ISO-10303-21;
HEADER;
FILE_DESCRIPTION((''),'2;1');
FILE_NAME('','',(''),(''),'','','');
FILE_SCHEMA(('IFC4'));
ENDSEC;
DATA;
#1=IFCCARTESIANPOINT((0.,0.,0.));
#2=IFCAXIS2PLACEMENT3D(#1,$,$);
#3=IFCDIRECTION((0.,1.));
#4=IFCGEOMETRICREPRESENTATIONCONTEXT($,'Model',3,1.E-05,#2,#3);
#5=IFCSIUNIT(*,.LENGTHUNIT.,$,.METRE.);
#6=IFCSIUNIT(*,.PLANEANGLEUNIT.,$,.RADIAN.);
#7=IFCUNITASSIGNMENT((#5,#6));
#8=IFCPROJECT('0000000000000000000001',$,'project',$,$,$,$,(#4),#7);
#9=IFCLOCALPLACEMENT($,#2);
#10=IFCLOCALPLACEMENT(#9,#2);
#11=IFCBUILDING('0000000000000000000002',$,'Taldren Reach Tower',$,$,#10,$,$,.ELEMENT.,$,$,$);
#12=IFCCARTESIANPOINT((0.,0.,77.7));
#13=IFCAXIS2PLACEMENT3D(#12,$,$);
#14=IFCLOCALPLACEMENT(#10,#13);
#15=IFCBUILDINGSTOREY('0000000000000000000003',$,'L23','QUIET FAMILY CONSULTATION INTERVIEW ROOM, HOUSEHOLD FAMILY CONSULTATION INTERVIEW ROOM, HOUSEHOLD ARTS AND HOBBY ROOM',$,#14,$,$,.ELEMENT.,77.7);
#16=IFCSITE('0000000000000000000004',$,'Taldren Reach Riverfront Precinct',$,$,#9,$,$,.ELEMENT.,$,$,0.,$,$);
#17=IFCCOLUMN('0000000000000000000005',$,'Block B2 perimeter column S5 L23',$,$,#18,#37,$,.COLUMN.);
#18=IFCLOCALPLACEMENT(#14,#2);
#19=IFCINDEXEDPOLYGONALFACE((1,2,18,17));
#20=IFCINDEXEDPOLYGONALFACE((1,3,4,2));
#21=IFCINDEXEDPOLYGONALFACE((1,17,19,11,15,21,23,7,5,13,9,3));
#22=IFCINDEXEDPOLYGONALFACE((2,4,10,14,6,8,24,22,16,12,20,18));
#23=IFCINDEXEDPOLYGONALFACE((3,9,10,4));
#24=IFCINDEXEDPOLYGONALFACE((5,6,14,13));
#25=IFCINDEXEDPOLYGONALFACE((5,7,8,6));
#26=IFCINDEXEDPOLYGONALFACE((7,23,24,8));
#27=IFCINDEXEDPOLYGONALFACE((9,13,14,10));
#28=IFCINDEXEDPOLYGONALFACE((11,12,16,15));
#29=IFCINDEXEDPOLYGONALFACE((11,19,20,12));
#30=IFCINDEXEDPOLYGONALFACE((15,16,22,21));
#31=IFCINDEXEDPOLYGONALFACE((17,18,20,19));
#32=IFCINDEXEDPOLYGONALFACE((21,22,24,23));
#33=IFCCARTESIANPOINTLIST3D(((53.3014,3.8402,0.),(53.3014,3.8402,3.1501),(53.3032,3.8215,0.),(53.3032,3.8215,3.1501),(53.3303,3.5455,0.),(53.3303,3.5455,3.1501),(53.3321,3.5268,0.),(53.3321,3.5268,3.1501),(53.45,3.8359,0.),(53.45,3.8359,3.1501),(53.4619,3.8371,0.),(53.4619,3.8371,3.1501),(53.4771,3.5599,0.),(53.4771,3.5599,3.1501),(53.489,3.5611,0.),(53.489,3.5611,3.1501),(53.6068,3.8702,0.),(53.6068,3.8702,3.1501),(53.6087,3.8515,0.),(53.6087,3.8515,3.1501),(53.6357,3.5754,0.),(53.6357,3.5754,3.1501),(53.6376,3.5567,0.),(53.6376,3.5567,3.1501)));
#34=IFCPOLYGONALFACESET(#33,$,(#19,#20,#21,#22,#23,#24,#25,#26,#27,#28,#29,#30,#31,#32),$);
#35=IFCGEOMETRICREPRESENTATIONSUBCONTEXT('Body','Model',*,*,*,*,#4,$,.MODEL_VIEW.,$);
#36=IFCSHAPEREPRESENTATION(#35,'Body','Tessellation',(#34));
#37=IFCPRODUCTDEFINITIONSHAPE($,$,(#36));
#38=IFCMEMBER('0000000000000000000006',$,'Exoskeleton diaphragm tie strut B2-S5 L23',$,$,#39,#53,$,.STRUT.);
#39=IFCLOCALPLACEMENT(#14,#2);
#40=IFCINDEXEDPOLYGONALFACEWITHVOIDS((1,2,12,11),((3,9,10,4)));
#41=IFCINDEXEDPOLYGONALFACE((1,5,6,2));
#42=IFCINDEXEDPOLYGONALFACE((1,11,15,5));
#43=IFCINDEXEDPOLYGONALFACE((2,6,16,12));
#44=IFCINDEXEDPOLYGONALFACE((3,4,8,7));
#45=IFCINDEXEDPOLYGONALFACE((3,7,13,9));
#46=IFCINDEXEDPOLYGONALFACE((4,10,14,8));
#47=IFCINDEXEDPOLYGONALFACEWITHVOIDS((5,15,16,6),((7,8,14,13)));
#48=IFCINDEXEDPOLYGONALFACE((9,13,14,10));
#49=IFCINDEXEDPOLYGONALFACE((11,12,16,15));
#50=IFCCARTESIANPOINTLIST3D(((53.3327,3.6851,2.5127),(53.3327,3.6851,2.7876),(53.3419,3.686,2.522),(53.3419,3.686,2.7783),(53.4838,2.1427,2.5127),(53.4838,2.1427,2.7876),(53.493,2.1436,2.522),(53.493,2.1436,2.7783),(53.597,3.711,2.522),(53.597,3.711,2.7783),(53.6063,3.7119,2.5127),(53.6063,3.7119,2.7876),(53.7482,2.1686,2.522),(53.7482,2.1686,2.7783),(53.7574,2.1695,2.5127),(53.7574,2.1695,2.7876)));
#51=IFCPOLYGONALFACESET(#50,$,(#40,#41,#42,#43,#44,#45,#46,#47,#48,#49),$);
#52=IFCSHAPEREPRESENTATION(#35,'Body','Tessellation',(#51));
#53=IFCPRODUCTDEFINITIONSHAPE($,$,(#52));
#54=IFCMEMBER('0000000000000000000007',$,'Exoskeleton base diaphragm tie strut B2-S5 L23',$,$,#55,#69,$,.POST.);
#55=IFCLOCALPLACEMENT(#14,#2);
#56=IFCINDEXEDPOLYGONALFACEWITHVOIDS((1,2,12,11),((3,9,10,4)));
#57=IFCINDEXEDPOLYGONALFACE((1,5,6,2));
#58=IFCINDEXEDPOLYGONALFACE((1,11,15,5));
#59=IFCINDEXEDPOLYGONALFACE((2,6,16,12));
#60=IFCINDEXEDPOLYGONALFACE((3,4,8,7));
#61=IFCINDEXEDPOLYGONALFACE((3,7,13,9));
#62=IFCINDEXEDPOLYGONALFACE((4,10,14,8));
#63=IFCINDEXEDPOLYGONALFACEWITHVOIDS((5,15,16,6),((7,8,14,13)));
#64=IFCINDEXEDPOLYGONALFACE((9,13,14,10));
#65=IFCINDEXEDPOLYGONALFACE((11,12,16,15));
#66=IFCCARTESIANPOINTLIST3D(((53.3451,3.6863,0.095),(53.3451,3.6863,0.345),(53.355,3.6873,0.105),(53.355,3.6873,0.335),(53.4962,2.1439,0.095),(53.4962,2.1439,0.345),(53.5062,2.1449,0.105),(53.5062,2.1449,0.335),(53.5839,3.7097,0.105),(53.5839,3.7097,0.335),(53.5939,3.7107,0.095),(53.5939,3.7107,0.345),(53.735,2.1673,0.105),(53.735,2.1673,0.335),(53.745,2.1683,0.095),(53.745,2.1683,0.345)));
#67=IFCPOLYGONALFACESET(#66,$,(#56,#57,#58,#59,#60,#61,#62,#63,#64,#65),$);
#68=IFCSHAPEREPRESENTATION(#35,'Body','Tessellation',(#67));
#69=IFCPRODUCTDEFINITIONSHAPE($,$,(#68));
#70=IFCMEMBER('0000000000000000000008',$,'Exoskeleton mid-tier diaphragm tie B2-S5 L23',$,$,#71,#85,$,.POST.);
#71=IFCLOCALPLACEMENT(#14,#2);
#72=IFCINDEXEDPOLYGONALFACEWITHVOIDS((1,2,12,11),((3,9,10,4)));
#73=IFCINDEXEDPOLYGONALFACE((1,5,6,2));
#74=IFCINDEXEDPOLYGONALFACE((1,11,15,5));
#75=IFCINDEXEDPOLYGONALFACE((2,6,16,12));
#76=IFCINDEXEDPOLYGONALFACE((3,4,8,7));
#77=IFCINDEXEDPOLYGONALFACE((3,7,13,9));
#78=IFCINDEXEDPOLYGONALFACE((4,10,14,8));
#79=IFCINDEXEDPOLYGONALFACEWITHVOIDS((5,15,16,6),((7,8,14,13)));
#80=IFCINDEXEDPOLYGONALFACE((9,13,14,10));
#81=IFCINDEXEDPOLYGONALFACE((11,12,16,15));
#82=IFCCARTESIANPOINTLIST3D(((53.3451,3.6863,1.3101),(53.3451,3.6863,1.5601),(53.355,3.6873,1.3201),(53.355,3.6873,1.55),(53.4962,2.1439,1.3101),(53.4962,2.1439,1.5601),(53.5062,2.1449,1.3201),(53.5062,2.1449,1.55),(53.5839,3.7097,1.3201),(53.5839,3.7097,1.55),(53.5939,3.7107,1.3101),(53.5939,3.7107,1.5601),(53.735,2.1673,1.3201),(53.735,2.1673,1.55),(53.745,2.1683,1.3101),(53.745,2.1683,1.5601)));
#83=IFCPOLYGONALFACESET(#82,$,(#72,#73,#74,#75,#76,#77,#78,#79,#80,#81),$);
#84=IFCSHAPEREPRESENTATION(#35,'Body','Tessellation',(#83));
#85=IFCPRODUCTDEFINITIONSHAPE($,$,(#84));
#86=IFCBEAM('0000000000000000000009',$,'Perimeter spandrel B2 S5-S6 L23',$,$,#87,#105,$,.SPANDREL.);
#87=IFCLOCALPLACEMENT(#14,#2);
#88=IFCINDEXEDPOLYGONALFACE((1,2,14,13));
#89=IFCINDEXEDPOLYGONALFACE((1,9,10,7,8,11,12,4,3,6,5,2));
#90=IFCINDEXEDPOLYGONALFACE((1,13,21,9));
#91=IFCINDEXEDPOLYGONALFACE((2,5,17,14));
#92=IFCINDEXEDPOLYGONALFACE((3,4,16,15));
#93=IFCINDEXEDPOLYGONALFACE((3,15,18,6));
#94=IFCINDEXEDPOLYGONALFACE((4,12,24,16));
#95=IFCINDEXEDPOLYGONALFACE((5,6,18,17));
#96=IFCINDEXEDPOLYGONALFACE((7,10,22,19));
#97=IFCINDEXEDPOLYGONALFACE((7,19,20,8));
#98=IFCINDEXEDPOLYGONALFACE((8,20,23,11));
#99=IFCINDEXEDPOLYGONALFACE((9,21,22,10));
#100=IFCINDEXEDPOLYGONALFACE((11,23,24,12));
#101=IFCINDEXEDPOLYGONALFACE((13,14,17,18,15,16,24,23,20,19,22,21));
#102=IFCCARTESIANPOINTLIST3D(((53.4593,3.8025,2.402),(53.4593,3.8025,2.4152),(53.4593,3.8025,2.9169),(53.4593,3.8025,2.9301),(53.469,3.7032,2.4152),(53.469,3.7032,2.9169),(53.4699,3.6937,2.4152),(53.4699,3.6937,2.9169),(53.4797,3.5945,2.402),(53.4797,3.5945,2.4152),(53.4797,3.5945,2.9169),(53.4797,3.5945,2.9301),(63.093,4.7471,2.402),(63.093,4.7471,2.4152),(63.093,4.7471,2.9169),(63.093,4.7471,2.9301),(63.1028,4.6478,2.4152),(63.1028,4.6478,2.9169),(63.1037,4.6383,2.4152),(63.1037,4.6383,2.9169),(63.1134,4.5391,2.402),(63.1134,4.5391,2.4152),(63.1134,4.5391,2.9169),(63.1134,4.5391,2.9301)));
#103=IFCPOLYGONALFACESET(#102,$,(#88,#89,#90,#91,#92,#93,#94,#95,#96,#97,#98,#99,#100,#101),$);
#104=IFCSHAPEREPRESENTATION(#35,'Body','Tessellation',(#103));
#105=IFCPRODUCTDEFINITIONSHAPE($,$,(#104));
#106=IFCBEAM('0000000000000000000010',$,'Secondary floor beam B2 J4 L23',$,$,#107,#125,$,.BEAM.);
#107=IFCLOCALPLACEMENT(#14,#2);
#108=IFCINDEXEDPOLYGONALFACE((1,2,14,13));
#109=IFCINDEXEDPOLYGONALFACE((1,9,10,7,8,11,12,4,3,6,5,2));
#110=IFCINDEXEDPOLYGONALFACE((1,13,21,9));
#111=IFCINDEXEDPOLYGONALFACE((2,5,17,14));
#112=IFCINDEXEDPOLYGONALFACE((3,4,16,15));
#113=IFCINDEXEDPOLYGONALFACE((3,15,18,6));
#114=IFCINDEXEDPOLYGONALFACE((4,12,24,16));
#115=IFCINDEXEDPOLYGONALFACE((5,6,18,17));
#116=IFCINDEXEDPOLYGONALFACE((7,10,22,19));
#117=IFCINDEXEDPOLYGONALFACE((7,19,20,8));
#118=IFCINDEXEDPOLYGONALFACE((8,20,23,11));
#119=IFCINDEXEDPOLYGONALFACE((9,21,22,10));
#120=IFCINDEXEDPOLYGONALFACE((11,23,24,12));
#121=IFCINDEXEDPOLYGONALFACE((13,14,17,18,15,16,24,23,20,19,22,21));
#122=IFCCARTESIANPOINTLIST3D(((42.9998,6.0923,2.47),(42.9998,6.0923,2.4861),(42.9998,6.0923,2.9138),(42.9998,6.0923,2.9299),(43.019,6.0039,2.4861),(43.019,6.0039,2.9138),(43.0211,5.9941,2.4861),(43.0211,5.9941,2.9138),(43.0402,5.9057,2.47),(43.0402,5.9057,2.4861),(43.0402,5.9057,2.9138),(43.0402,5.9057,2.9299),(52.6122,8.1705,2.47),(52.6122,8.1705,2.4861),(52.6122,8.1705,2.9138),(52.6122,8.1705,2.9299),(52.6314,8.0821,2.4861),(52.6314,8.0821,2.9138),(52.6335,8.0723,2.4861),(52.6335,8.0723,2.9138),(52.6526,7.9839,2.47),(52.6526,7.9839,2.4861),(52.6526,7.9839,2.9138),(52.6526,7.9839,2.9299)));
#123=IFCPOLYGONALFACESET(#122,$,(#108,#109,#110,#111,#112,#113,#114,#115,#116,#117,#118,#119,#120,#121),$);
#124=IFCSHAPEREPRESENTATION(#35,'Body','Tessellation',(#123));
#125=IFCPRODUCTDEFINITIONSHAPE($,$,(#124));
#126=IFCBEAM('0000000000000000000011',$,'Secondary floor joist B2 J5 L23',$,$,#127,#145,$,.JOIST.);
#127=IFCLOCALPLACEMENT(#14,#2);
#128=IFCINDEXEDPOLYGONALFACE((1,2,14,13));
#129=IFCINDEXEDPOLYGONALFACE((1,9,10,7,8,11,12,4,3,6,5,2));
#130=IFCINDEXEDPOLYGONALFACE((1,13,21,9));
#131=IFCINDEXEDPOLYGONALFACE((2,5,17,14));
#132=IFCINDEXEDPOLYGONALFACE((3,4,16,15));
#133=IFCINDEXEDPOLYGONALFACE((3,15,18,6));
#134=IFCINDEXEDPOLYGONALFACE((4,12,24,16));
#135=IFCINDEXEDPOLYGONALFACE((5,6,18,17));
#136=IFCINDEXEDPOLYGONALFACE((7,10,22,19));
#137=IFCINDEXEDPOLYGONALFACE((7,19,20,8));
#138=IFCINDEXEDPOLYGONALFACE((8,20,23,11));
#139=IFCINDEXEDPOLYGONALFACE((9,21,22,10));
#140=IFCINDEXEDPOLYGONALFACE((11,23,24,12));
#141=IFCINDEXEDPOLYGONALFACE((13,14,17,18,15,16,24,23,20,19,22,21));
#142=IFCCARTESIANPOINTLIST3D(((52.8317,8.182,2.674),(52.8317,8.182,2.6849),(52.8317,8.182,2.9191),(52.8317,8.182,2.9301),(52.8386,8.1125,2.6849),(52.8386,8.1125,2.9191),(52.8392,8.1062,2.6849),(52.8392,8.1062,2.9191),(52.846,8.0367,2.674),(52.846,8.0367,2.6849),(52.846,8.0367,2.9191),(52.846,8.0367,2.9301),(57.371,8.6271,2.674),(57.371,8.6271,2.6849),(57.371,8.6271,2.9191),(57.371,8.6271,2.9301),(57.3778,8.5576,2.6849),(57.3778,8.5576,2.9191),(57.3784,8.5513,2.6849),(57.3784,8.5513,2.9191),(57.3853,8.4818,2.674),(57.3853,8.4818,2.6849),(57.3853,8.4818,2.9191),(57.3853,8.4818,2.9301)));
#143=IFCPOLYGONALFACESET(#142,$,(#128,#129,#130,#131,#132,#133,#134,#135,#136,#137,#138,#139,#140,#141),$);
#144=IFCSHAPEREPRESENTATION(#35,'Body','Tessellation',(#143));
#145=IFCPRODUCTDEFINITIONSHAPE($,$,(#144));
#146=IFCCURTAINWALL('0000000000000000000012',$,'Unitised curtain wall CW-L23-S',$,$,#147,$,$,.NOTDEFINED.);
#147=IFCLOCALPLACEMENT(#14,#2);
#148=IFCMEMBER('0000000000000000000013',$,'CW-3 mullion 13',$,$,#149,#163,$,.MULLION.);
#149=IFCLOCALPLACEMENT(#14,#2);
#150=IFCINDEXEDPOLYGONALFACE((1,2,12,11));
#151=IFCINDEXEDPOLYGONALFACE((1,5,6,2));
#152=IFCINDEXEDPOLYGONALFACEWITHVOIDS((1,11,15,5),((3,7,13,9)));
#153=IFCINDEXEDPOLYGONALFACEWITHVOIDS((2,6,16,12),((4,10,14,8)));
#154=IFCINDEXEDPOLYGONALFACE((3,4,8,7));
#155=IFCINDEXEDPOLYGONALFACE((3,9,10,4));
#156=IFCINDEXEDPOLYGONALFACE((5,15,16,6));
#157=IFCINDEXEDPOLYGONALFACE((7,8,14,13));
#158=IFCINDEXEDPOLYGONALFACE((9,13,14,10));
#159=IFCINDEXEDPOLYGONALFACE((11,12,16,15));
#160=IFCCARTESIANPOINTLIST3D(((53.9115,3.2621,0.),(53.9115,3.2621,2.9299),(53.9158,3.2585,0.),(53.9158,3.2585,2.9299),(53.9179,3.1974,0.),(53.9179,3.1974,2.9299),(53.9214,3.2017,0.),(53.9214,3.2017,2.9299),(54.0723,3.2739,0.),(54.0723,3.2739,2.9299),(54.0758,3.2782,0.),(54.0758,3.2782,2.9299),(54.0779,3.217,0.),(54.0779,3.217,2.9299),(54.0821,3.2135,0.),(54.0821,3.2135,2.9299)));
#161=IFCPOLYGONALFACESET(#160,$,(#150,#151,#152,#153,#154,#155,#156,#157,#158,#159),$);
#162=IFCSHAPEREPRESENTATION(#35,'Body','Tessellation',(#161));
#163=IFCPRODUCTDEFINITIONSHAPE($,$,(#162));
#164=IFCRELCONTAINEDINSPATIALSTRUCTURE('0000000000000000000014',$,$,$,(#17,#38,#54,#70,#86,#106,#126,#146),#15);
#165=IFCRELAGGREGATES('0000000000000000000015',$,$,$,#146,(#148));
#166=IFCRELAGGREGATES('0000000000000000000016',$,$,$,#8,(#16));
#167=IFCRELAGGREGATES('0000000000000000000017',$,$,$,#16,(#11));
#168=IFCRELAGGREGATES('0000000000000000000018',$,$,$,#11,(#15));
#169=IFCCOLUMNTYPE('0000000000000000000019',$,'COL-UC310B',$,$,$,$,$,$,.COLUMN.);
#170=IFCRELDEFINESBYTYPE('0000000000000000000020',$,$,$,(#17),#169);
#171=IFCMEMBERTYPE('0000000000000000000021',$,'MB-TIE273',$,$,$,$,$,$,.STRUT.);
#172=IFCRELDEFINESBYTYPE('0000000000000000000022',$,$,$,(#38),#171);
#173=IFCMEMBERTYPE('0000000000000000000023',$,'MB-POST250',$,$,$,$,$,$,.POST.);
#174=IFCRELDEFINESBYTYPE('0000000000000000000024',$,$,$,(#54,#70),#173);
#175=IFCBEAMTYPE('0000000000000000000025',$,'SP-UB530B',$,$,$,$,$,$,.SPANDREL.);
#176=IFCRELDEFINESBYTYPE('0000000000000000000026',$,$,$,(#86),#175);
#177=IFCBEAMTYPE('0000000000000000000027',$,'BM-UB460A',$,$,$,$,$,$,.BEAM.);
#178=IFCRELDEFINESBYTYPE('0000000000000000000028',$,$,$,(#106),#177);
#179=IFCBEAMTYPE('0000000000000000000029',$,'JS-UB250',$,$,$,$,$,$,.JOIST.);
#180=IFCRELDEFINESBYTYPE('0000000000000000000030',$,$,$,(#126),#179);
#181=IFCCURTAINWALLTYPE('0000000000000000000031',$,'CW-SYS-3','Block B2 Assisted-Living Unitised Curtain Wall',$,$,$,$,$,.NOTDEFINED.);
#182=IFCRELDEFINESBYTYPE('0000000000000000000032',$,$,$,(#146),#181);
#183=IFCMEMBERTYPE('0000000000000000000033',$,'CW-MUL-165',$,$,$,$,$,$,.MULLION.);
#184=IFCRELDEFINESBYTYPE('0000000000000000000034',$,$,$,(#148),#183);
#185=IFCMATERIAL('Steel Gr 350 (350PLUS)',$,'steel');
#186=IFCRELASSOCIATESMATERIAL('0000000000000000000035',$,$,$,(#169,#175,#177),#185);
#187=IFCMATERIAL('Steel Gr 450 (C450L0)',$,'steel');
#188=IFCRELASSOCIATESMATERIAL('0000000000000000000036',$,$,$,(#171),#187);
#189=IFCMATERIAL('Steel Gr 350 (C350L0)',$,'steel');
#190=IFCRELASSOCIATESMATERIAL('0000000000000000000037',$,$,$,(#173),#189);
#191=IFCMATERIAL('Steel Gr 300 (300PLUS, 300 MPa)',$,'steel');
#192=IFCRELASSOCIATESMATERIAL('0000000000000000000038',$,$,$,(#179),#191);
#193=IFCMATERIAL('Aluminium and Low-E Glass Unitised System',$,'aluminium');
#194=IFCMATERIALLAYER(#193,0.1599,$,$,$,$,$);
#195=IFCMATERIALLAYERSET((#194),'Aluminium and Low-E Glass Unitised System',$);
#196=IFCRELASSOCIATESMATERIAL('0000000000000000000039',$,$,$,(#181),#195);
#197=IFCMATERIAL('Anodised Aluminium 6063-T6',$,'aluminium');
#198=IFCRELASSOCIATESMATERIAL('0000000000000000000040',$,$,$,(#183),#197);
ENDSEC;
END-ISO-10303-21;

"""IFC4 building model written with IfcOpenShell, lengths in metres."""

from ifc_helpers import new_model, si_unit, direction, frame, origin, origin_2d, place, context, subcontext, project, spatial, hollow_rectangle, i_section, extrude, source, transform, mapped, material, layer, layer_set, material_profile, profile_set, type_object, element, aggregate, save


model = new_model("IFC4")

# Units and contexts
model_context = context("Model", 3, precision=1e-05, world=origin(), true_north=direction((0.0, 1.0)))
body_context = subcontext(model_context, "Body", "Model", "MODEL_VIEW")
ifc_project = project(units=[si_unit("LENGTHUNIT", "METRE"), si_unit("PLANEANGLEUNIT", "RADIAN")], contexts=[model_context])

# Site, building, storey
site_placement = place(None, origin())
site = spatial("IfcSite", under=ifc_project, at=site_placement, Name="Taldren Reach Riverfront Precinct", CompositionType="ELEMENT", RefElevation=0.0)
building_placement = place(site_placement, origin())
building = spatial("IfcBuilding", under=site, at=building_placement, Name="Taldren Reach Tower", CompositionType="ELEMENT")
storey_placement = place(building_placement, frame((0.0, 0.0, 77.7)))
storey = spatial("IfcBuildingStorey", under=building, at=storey_placement, Name="L23", Description="QUIET FAMILY CONSULTATION INTERVIEW ROOM, HOUSEHOLD FAMILY CONSULTATION INTERVIEW ROOM, HOUSEHOLD ARTS AND HOBBY ROOM", CompositionType="ELEMENT", Elevation=77.7)

# Column
ifc_material_1 = material(Name="Steel Gr 350 (350PLUS)", Category="steel")
ifc_material_profile_1 = material_profile(ifc_material_1, i_section(OverallWidth=0.3069, OverallDepth=0.3149, WebThickness=0.012, FlangeThickness=0.0188, at=origin_2d()), Name="310UC118")
ifc_profile_set_1 = profile_set([ifc_material_profile_1], Name="Steel Gr 350 (350PLUS)")
column_type = type_object("IfcColumnType", Name="COL-UC310B", PredefinedType="COLUMN", material=ifc_profile_set_1)
shared_shape_1 = source(origin(), body_context, "Body", "SweptSolid", [
    extrude(i_section(OverallWidth=0.3069, OverallDepth=0.3149, WebThickness=0.012, FlangeThickness=0.0188, at=origin_2d()), origin(), (0.0, 0.0, 1.0), 3.1501),
])
column_placement = place(storey_placement, frame((53.4695, 3.6985, 0.0), z_axis=(0.0, 0.0, 1.0), x_axis=(0.995227, 0.097583, 0.0)))
element("IfcColumn", 1, at=column_placement, inside=storey, type_object=column_type, Name="Block B2 perimeter column S5 L23", PredefinedType="COLUMN", context=body_context, shape_type="MappedRepresentation", body=[
    mapped(shared_shape_1, transform((0.0, 0.0, 0.0), scale=1.0)),
])

# Members
ifc_material_2 = material(Name="Steel Gr 450 (C450L0)", Category="steel")
ifc_material_profile_2 = material_profile(ifc_material_2, hollow_rectangle(XDim=0.2749, YDim=0.2749, WallThickness=0.0093, at=origin_2d()), Name="275x275x9.3SHS")
ifc_profile_set_2 = profile_set([ifc_material_profile_2], Name="Steel Gr 450 (C450L0)")
member_type_1 = type_object("IfcMemberType", Name="MB-TIE273", PredefinedType="STRUT", material=ifc_profile_set_2)
shared_shape_2 = source(origin(), body_context, "Body", "SweptSolid", [
    extrude(hollow_rectangle(XDim=0.2749, YDim=0.2749, WallThickness=0.0093, at=origin_2d()), origin(), (0.0, 0.0, 1.0), 1.5498),
])
member_1_placement = place(storey_placement, frame((53.4695, 3.6985, 2.6501), z_axis=(0.097507, -0.995235, 0.0), x_axis=(0.995235, 0.097507, 0.0)))
element("IfcMember", 2, at=member_1_placement, inside=storey, type_object=member_type_1, Name="Exoskeleton diaphragm tie strut B2-S5 L23", PredefinedType="STRUT", context=body_context, shape_type="MappedRepresentation", body=[
    mapped(shared_shape_2, transform((0.0, 0.0, 0.0), scale=1.0)),
])
ifc_material_3 = material(Name="Steel Gr 350 (C350L0)", Category="steel")
ifc_material_profile_3 = material_profile(ifc_material_3, hollow_rectangle(XDim=0.25, YDim=0.25, WallThickness=0.01, at=origin_2d()), Name="250x250x10.0SHS")
ifc_profile_set_3 = profile_set([ifc_material_profile_3], Name="Steel Gr 350 (C350L0)")
member_type_2 = type_object("IfcMemberType", Name="MB-POST250", PredefinedType="POST", material=ifc_profile_set_3)
shared_shape_3 = source(origin(), body_context, "Body", "SweptSolid", [
    extrude(hollow_rectangle(XDim=0.25, YDim=0.25, WallThickness=0.01, at=origin_2d()), origin(), (0.0, 0.0, 1.0), 1.5498),
])
for number, where, z_axis, x_axis, name in (
    (3, (53.4695, 3.6985, 0.22), (0.097507, -0.995235, 0.0), (0.995235, 0.097507, 0.0), "Exoskeleton base diaphragm tie strut B2-S5 L23"),
    (4, (53.4695, 3.6985, 1.4351), (0.097507, -0.995235, 0.0), (0.995235, 0.097507, 0.0), "Exoskeleton mid-tier diaphragm tie B2-S5 L23"),
):
    element("IfcMember", number, at=place(storey_placement, frame(where, z_axis=z_axis, x_axis=x_axis)), inside=storey, type_object=member_type_2, Name=name, PredefinedType="POST", context=body_context, shape_type="MappedRepresentation", body=[
        mapped(shared_shape_3, transform((0.0, 0.0, 0.0), scale=1.0)),
    ])

# Beams
ifc_material_profile_4 = material_profile(ifc_material_1, i_section(OverallWidth=0.209, OverallDepth=0.5281, WebThickness=0.0095, FlangeThickness=0.0132, at=origin_2d()), Name="530UB82.0")
ifc_profile_set_4 = profile_set([ifc_material_profile_4], Name="Steel Gr 350 (350PLUS)")
beam_type_1 = type_object("IfcBeamType", Name="SP-UB530B", PredefinedType="SPANDREL", material=ifc_profile_set_4)
shared_shape_4 = source(origin(), body_context, "Body", "SweptSolid", [
    extrude(i_section(OverallWidth=0.209, OverallDepth=0.5281, WebThickness=0.0095, FlangeThickness=0.0132, at=origin_2d()), origin(), (0.0, 0.0, 1.0), 9.6799),
])
beam_1_placement = place(storey_placement, frame((53.4695, 3.6985, 2.666), z_axis=(0.995228, 0.097581, 0.0), x_axis=(-0.097581, 0.995228, 0.0)))
element("IfcBeam", 5, at=beam_1_placement, inside=storey, type_object=beam_type_1, Name="Perimeter spandrel B2 S5-S6 L23", PredefinedType="SPANDREL", context=body_context, shape_type="MappedRepresentation", body=[
    mapped(shared_shape_4, transform((0.0, 0.0, 0.0), scale=1.0)),
])
ifc_material_profile_5 = material_profile(ifc_material_1, i_section(OverallWidth=0.1909, OverallDepth=0.46, WebThickness=0.01, FlangeThickness=0.0161, at=origin_2d()), Name="460UB82.1")
ifc_profile_set_5 = profile_set([ifc_material_profile_5], Name="Steel Gr 350 (350PLUS)")
beam_type_2 = type_object("IfcBeamType", Name="BM-UB460A", PredefinedType="BEAM", material=ifc_profile_set_5)
shared_shape_5 = source(origin(), body_context, "Body", "SweptSolid", [
    extrude(i_section(OverallWidth=0.1909, OverallDepth=0.46, WebThickness=0.01, FlangeThickness=0.0161, at=origin_2d()), origin(), (0.0, 0.0, 1.0), 9.8345),
])
beam_2_placement = place(storey_placement, frame((43.02, 5.999, 2.7), z_axis=(0.977419, 0.211312, 0.0), x_axis=(-0.211312, 0.977419, 0.0)))
element("IfcBeam", 6, at=beam_2_placement, inside=storey, type_object=beam_type_2, Name="Secondary floor beam B2 J4 L23", PredefinedType="BEAM", context=body_context, shape_type="MappedRepresentation", body=[
    mapped(shared_shape_5, transform((0.0, 0.0, 0.0), scale=1.0)),
])
ifc_material_4 = material(Name="Steel Gr 300 (300PLUS, 300 MPa)", Category="steel")
ifc_material_profile_6 = material_profile(ifc_material_4, i_section(OverallWidth=0.146, OverallDepth=0.2561, WebThickness=0.0063, FlangeThickness=0.011, at=origin_2d()), Name="250UB37.3")
ifc_profile_set_6 = profile_set([ifc_material_profile_6], Name="Steel Gr 300 (300PLUS, 300 MPa)")
beam_type_3 = type_object("IfcBeamType", Name="JS-UB250", PredefinedType="JOIST", material=ifc_profile_set_6)
shared_shape_6 = source(origin(), body_context, "Body", "SweptSolid", [
    extrude(i_section(OverallWidth=0.146, OverallDepth=0.2561, WebThickness=0.0063, FlangeThickness=0.011, at=origin_2d()), origin(), (0.0, 0.0, 1.0), 4.561),
])
beam_3_placement = place(storey_placement, frame((52.8389, 8.1094, 2.802), z_axis=(0.995228, 0.09758, 0.0), x_axis=(-0.09758, 0.995228, 0.0)))
element("IfcBeam", 7, at=beam_3_placement, inside=storey, type_object=beam_type_3, Name="Secondary floor joist B2 J5 L23", PredefinedType="JOIST", context=body_context, shape_type="MappedRepresentation", body=[
    mapped(shared_shape_6, transform((0.0, 0.0, 0.0), scale=1.0)),
])

# Curtain wall, member
ifc_material_5 = material(Name="Aluminium and Low-E Glass Unitised System", Category="aluminium")
ifc_layer_1 = layer(ifc_material_5, 0.1599)
ifc_layer_set_1 = layer_set([ifc_layer_1], Name="Aluminium and Low-E Glass Unitised System")
curtain_wall_type = type_object("IfcCurtainWallType", Name="CW-SYS-3", Description="Block B2 Assisted-Living Unitised Curtain Wall", PredefinedType="NOTDEFINED", material=ifc_layer_set_1)
curtain_wall_placement = place(storey_placement, origin())
curtain_wall = element("IfcCurtainWall", 8, at=curtain_wall_placement, inside=storey, type_object=curtain_wall_type, Name="Unitised curtain wall CW-L23-S", PredefinedType="NOTDEFINED")
ifc_material_6 = material(Name="Anodised Aluminium 6063-T6", Category="aluminium")
ifc_material_profile_7 = material_profile(ifc_material_6, hollow_rectangle(XDim=0.0649, YDim=0.165, WallThickness=0.0039, at=origin_2d()), Name="ALU-165x65x4RHS")
ifc_profile_set_7 = profile_set([ifc_material_profile_7], Name="Anodised Aluminium 6063-T6")
member_type_3 = type_object("IfcMemberType", Name="CW-MUL-165", PredefinedType="MULLION", material=ifc_profile_set_7)
shared_shape_7 = source(origin(), body_context, "Body", "SweptSolid", [
    extrude(hollow_rectangle(XDim=0.0649, YDim=0.165, WallThickness=0.0039, at=origin_2d()), origin(), (0.0, 0.0, 1.0), 2.9299),
])
member_2_placement = place(storey_placement, frame((53.9968, 3.2378, 0.0), z_axis=(0.0, 0.0, 1.0), x_axis=(-0.097583, 0.995227, 0.0)))
member_2 = element("IfcMember", 9, at=member_2_placement, type_object=member_type_3, Name="CW-3 mullion 13", PredefinedType="MULLION", context=body_context, shape_type="MappedRepresentation", body=[
    mapped(shared_shape_7, transform((0.0, 0.0, 0.0), scale=1.0)),
])
aggregate(curtain_wall, [member_2])

save(model, "model.ifc")
